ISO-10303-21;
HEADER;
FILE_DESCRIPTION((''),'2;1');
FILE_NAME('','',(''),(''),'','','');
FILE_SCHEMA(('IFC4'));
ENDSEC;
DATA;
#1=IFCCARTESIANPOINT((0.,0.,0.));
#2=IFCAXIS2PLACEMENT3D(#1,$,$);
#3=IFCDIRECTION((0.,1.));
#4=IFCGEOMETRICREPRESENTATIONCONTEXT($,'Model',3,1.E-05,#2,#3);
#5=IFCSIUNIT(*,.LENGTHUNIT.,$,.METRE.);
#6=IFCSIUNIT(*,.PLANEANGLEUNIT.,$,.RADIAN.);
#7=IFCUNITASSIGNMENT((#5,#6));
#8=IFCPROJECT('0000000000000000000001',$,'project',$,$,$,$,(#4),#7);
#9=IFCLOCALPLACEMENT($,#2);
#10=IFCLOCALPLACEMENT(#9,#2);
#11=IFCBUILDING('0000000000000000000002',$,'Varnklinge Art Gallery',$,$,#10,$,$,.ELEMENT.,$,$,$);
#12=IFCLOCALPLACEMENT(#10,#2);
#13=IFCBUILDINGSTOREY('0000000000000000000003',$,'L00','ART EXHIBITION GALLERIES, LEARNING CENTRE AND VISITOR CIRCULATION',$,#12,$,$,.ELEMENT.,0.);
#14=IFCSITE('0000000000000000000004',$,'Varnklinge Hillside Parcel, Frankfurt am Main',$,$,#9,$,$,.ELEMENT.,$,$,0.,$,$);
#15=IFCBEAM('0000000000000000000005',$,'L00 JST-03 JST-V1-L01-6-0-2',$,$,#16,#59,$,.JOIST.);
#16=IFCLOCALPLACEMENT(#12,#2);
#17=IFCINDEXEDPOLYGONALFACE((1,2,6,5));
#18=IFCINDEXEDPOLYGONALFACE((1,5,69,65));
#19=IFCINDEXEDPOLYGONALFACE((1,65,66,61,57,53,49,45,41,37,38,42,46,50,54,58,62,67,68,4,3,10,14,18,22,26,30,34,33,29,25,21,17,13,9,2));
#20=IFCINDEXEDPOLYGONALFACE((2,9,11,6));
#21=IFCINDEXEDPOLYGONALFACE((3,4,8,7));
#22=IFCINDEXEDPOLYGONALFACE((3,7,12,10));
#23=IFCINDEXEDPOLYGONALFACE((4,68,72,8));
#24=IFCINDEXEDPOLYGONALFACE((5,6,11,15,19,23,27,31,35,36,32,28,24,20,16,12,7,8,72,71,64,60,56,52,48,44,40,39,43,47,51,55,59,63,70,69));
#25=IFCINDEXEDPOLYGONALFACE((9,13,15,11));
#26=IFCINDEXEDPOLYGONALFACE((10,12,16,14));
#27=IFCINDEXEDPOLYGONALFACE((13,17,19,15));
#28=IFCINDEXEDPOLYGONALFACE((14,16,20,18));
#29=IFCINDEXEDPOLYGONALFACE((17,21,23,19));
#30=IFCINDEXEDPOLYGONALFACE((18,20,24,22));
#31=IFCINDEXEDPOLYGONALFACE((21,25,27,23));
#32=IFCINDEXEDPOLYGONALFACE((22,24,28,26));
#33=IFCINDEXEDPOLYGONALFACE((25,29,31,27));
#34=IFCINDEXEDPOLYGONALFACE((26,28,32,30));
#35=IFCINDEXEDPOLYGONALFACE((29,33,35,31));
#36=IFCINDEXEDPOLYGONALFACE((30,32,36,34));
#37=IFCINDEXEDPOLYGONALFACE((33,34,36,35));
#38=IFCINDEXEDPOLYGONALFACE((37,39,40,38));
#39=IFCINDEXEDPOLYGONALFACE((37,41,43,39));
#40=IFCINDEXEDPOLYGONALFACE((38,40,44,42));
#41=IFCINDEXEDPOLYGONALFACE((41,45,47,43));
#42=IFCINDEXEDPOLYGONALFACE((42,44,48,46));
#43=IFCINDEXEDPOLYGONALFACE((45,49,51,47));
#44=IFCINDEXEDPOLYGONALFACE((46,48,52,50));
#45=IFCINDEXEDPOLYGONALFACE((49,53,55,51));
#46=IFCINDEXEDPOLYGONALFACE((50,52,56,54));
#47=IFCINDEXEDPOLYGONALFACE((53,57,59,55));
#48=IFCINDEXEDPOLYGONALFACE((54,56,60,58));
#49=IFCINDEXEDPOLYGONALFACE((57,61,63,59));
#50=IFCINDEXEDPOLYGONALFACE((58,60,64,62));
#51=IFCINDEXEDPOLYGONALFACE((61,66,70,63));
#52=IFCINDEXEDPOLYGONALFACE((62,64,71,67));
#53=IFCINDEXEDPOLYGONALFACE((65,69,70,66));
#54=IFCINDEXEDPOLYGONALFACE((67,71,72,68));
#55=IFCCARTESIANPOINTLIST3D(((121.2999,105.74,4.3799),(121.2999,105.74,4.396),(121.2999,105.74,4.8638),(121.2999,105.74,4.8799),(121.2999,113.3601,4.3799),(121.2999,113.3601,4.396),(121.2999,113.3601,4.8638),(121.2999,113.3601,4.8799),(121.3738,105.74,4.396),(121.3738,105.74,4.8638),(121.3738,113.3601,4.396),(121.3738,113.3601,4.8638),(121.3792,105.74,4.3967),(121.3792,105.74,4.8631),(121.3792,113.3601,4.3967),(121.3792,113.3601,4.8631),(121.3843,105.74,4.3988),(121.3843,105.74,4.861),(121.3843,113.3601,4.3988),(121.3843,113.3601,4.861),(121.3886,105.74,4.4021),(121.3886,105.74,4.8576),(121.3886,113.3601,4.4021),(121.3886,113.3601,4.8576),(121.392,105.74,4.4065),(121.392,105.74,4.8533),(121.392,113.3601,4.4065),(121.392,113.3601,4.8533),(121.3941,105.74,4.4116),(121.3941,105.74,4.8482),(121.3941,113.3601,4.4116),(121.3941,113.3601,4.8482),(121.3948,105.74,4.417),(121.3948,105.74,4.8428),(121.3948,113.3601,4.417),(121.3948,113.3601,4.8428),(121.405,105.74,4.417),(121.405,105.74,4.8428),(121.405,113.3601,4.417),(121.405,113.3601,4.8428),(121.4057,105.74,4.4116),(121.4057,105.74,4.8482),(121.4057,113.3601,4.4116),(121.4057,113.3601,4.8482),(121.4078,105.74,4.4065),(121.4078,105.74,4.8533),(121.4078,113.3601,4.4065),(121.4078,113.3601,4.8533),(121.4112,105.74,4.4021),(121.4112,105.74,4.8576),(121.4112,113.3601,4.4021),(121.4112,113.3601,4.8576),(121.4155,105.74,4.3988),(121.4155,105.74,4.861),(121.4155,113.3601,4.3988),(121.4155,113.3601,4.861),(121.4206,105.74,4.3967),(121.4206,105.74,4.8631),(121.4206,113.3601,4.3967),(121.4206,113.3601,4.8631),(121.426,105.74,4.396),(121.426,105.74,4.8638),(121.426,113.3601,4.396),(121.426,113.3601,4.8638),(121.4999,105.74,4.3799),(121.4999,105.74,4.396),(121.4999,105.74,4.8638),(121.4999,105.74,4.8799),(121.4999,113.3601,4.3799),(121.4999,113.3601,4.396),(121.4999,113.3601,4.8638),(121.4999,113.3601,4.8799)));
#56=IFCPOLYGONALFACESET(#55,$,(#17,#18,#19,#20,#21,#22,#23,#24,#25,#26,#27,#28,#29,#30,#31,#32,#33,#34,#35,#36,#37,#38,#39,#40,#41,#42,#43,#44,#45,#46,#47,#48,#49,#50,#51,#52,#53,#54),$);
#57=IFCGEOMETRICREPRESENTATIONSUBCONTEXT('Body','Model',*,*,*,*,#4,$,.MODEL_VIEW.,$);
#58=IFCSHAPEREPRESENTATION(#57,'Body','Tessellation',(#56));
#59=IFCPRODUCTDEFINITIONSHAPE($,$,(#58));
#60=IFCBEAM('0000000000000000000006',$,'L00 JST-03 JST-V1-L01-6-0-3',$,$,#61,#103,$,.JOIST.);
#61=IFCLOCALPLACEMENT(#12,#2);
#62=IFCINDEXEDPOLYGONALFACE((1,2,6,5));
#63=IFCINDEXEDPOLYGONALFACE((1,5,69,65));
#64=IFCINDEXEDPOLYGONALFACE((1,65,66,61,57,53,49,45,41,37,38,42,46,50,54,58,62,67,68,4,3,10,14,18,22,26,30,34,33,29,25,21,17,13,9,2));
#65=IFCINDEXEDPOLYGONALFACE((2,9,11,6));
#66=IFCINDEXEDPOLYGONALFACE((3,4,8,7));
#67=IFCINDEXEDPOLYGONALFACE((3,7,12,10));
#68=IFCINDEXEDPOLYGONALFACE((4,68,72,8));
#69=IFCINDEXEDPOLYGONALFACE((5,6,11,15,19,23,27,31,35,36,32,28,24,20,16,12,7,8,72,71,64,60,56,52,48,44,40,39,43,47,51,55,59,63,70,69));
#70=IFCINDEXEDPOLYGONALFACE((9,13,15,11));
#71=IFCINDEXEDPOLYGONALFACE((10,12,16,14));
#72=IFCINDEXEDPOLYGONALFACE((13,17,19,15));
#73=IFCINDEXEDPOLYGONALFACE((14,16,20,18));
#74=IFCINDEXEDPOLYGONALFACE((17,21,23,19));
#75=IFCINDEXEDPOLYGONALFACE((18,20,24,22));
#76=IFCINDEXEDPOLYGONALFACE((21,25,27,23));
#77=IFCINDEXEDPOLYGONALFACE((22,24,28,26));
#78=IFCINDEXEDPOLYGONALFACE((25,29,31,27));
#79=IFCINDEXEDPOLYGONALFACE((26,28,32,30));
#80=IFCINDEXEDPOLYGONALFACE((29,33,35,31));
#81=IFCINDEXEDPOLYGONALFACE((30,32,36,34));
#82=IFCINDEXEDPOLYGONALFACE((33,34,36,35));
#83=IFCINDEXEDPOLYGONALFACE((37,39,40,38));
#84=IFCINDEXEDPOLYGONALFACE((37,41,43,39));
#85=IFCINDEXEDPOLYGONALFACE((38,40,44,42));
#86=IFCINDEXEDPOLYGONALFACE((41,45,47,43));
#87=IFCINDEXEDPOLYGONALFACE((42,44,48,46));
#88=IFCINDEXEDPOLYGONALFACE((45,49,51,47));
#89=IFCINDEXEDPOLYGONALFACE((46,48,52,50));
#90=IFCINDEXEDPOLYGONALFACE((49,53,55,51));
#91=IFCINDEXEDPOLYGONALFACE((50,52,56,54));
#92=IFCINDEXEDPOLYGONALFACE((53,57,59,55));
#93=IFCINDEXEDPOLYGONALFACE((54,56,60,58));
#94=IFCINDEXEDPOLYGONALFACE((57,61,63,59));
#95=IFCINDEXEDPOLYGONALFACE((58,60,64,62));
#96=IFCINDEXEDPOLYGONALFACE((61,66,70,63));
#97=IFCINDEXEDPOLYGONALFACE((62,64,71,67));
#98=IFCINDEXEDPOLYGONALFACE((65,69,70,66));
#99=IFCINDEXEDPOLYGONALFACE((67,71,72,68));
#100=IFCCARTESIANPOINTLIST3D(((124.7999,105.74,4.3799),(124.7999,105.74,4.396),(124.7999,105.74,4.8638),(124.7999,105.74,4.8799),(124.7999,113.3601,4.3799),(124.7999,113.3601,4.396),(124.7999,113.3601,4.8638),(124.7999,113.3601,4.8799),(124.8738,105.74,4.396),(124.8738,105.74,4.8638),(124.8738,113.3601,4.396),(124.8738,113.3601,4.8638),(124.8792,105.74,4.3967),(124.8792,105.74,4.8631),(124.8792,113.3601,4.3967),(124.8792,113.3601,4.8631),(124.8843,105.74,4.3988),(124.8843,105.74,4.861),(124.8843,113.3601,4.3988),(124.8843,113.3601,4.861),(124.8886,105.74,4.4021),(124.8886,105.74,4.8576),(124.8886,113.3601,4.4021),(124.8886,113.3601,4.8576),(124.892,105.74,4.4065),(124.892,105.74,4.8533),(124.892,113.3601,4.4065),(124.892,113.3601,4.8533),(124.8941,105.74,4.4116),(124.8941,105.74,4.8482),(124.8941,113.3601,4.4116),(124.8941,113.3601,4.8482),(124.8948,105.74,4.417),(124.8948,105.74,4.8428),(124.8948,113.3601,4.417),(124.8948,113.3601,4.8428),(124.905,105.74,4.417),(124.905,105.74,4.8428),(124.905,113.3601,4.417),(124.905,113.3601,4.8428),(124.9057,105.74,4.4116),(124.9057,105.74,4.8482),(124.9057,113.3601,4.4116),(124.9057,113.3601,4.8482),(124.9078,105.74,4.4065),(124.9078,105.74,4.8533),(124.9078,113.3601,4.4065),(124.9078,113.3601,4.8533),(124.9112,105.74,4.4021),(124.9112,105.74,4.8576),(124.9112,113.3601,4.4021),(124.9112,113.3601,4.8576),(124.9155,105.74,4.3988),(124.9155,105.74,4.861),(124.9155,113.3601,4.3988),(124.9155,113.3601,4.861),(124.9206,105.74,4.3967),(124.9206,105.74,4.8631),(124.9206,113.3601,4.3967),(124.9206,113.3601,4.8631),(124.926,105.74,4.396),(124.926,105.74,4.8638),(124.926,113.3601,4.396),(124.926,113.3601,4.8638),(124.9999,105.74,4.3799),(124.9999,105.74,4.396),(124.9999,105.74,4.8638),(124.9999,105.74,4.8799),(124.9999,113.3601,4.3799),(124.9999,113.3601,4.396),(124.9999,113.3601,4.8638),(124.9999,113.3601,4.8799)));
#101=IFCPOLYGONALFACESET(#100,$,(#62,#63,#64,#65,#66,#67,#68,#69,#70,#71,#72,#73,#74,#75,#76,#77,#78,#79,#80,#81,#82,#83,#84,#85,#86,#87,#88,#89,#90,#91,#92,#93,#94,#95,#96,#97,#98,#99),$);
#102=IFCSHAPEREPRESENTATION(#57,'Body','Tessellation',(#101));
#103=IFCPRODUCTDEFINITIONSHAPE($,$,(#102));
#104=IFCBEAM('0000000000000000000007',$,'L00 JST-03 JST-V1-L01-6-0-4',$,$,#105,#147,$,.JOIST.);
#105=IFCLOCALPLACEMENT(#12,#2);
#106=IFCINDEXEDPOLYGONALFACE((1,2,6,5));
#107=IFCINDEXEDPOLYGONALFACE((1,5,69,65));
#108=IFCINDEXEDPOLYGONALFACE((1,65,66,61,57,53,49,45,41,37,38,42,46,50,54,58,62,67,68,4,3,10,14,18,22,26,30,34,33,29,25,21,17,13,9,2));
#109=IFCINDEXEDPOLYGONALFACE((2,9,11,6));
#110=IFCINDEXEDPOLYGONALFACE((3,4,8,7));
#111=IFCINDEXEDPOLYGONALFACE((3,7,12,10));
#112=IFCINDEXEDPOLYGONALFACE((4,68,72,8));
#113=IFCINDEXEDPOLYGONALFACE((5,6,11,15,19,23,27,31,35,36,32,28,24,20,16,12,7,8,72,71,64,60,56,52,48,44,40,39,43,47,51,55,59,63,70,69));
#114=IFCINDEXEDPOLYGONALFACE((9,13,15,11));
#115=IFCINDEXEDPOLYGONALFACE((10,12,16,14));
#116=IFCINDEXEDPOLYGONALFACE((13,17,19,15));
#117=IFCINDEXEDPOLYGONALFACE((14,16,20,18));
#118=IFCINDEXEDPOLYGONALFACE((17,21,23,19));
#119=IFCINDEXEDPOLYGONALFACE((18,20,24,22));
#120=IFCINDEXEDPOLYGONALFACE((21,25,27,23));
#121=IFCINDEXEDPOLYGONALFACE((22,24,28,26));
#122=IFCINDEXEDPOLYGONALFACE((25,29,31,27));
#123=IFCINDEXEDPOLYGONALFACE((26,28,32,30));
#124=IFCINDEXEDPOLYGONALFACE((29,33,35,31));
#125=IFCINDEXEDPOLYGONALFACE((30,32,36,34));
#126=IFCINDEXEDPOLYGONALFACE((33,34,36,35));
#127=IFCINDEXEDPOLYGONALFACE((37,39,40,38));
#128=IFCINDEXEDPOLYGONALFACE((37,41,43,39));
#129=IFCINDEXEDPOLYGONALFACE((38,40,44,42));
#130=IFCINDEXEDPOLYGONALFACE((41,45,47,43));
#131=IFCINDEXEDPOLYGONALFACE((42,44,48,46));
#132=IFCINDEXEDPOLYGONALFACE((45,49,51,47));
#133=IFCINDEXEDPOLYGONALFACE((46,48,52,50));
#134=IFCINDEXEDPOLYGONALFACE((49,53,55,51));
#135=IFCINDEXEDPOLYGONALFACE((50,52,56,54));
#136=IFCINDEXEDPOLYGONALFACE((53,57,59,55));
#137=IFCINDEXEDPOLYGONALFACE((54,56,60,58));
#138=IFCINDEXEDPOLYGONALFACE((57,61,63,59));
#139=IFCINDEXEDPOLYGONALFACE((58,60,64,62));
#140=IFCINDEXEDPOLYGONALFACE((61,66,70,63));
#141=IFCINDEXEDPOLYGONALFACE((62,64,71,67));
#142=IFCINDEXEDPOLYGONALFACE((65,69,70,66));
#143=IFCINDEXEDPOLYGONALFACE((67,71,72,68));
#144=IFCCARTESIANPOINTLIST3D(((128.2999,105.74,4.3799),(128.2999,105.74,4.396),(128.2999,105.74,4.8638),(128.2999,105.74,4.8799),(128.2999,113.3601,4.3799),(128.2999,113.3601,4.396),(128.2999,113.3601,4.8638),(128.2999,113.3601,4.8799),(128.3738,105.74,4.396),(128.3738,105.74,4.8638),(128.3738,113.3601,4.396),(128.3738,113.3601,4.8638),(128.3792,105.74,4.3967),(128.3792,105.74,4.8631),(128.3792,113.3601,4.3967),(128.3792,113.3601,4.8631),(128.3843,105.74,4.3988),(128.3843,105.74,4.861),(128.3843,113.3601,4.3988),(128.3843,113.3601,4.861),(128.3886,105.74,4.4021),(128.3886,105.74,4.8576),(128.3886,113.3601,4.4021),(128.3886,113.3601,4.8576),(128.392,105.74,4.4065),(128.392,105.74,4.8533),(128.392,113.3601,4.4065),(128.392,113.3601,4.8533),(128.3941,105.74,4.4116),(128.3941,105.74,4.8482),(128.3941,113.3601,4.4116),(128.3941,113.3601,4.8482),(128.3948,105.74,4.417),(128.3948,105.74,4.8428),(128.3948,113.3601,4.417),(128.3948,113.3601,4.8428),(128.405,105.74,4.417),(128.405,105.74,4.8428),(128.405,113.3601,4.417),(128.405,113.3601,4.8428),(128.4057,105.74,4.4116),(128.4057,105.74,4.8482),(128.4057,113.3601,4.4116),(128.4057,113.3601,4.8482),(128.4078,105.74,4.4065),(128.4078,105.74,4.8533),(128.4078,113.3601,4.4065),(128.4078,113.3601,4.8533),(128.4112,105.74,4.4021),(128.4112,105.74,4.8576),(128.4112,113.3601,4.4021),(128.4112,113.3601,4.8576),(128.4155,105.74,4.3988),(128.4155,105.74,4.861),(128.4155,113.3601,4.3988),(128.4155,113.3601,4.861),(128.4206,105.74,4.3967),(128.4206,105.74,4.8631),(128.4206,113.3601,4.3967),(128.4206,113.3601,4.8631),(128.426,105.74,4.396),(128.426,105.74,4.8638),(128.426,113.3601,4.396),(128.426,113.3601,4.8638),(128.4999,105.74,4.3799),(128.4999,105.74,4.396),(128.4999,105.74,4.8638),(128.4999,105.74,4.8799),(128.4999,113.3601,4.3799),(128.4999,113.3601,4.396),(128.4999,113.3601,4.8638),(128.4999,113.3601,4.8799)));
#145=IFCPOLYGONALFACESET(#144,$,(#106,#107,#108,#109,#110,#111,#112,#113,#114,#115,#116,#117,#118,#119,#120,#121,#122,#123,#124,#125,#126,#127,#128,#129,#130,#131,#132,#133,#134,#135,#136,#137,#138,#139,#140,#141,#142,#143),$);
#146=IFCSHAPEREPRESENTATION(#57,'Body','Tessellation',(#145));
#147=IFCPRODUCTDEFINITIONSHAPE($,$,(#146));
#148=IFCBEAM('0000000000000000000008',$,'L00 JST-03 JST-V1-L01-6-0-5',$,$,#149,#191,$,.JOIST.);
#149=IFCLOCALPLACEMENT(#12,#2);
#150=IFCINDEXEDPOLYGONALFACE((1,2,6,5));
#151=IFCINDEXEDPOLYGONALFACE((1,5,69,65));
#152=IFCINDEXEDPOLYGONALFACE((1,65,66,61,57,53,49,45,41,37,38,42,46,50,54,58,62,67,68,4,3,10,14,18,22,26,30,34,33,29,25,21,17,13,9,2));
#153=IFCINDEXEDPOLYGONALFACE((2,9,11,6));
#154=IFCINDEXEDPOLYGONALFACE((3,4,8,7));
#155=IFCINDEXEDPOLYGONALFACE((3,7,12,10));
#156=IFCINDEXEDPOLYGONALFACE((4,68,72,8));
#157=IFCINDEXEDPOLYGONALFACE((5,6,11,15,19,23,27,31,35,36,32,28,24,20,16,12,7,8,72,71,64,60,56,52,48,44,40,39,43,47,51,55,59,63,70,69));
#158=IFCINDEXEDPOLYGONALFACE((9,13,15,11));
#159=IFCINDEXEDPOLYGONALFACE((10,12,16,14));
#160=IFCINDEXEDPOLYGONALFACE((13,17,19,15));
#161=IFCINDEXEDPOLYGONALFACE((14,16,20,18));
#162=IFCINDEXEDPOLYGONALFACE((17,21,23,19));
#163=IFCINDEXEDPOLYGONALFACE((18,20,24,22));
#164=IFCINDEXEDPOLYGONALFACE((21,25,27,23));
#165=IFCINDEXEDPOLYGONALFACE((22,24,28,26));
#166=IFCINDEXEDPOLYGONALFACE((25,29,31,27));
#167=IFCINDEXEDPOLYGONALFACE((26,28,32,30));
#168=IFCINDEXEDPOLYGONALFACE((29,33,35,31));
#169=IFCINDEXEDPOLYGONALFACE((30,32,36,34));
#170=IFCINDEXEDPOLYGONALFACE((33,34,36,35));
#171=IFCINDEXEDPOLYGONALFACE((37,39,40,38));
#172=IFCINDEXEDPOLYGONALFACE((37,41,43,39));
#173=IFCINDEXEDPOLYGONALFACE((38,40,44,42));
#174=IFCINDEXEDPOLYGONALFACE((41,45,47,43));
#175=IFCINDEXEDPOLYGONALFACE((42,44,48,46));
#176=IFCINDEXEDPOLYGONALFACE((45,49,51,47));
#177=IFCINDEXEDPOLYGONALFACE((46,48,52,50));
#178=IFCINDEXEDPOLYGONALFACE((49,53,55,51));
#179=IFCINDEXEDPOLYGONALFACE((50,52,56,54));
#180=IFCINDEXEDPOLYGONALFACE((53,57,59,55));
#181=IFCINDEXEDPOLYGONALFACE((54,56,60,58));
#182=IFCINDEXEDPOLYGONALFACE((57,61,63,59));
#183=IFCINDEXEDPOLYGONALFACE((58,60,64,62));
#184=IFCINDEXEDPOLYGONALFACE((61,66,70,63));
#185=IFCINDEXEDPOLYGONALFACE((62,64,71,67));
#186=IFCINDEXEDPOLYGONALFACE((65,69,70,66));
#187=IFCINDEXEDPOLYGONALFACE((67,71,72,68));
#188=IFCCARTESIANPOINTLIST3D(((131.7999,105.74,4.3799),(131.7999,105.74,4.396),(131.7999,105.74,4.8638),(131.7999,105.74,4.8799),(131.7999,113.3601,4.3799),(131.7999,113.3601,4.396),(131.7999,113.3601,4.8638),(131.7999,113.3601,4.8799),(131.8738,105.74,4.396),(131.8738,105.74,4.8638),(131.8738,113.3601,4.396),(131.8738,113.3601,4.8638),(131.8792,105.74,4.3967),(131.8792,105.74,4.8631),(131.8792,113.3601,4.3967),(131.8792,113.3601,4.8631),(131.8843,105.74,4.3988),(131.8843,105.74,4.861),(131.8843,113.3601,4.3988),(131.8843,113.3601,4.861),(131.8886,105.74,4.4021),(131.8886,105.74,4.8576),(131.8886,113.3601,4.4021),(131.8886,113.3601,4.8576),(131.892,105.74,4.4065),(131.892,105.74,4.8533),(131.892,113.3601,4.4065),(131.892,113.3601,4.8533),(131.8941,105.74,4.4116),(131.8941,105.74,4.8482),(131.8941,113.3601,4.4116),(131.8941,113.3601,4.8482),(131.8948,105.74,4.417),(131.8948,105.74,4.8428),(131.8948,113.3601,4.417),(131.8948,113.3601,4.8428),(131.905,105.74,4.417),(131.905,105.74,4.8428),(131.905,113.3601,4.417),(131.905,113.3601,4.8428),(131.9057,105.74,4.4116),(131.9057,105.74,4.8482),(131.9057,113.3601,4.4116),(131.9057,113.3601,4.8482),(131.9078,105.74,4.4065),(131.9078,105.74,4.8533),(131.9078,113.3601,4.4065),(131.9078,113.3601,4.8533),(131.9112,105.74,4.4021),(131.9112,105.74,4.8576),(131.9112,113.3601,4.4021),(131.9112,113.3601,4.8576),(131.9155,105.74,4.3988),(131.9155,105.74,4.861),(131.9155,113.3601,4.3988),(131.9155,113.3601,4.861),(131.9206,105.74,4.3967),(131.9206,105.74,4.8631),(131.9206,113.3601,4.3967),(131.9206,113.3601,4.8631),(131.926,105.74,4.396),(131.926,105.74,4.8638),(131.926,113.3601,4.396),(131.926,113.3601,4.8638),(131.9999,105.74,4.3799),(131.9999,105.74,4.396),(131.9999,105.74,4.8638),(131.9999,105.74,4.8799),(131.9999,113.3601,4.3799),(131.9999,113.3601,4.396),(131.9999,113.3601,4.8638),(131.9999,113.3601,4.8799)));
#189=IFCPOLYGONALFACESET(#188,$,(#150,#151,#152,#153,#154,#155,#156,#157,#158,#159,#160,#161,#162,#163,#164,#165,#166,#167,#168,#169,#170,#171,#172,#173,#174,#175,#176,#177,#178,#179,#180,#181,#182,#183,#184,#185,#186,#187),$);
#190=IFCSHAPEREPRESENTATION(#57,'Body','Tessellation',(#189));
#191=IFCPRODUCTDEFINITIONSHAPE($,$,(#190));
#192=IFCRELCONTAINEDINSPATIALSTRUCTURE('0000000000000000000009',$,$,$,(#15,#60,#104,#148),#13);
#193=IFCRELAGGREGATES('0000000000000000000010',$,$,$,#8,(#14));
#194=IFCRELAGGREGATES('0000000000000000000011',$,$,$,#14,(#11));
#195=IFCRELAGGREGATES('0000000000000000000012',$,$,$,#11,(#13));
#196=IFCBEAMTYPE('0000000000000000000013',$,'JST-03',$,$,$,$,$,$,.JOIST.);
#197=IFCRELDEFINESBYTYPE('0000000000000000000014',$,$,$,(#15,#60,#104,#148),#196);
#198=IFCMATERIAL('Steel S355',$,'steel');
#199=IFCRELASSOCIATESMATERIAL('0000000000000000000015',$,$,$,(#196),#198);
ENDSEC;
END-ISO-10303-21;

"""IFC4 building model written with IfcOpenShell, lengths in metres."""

from ifc_helpers import new_model, si_unit, direction, frame, origin, origin_2d, place, context, subcontext, project, spatial, i_section, extrude, material, material_profile, profile_set, type_object, element, save


model = new_model("IFC4")

# Units and contexts
model_context = context("Model", 3, precision=1e-05, world=origin(), true_north=direction((0.0, 1.0)))
body_context = subcontext(model_context, "Body", "Model", "MODEL_VIEW")
ifc_project = project(units=[si_unit("LENGTHUNIT", "METRE"), si_unit("PLANEANGLEUNIT", "RADIAN")], contexts=[model_context])

# Site, building, storey
site_placement = place(None, origin())
site = spatial("IfcSite", under=ifc_project, at=site_placement, Name="Varnklinge Hillside Parcel, Frankfurt am Main", CompositionType="ELEMENT", RefElevation=0.0)
building_placement = place(site_placement, origin())
building = spatial("IfcBuilding", under=site, at=building_placement, Name="Varnklinge Art Gallery", CompositionType="ELEMENT")
storey_placement = place(building_placement, origin())
storey = spatial("IfcBuildingStorey", under=building, at=storey_placement, Name="L00", Description="ART EXHIBITION GALLERIES, LEARNING CENTRE AND VISITOR CIRCULATION", CompositionType="ELEMENT", Elevation=0.0)

# Beams
ifc_material_1 = material(Name="Steel S355", Category="steel")
ifc_material_profile_1 = material_profile(ifc_material_1, i_section(OverallWidth=0.2, OverallDepth=0.5, WebThickness=0.0103, FlangeThickness=0.0161, FilletRadius=0.021, at=origin_2d()), Name="IPE 500")
ifc_profile_set_1 = profile_set([ifc_material_profile_1], Name="Steel S355")
beam_type_1 = type_object("IfcBeamType", Name="JST-03", PredefinedType="JOIST", material=ifc_profile_set_1)
for number, where, z_axis, x_axis, name in (
    (1, (121.3999, 105.74, 4.6299), (0.0, 1.0, 0.0), (-1.0, 0.0, 0.0), "L00 JST-03 JST-V1-L01-6-0-2"),
    (2, (124.8999, 105.74, 4.6299), (0.0, 1.0, 0.0), (-1.0, 0.0, 0.0), "L00 JST-03 JST-V1-L01-6-0-3"),
    (3, (128.3999, 105.74, 4.6299), (0.0, 1.0, 0.0), (-1.0, 0.0, 0.0), "L00 JST-03 JST-V1-L01-6-0-4"),
    (4, (131.8999, 105.74, 4.6299), (0.0, 1.0, 0.0), (-1.0, 0.0, 0.0), "L00 JST-03 JST-V1-L01-6-0-5"),
):
    element("IfcBeam", number, at=place(storey_placement, frame(where, z_axis=z_axis, x_axis=x_axis)), inside=storey, type_object=beam_type_1, Name=name, PredefinedType="JOIST", context=body_context, shape_type="SweptSolid", body=[
        extrude(i_section(OverallWidth=0.2, OverallDepth=0.5, WebThickness=0.0103, FlangeThickness=0.0161, FilletRadius=0.021, at=origin_2d()), origin(), (0.0, 0.0, 1.0), 7.6201),
    ])

save(model, "model.ifc")
